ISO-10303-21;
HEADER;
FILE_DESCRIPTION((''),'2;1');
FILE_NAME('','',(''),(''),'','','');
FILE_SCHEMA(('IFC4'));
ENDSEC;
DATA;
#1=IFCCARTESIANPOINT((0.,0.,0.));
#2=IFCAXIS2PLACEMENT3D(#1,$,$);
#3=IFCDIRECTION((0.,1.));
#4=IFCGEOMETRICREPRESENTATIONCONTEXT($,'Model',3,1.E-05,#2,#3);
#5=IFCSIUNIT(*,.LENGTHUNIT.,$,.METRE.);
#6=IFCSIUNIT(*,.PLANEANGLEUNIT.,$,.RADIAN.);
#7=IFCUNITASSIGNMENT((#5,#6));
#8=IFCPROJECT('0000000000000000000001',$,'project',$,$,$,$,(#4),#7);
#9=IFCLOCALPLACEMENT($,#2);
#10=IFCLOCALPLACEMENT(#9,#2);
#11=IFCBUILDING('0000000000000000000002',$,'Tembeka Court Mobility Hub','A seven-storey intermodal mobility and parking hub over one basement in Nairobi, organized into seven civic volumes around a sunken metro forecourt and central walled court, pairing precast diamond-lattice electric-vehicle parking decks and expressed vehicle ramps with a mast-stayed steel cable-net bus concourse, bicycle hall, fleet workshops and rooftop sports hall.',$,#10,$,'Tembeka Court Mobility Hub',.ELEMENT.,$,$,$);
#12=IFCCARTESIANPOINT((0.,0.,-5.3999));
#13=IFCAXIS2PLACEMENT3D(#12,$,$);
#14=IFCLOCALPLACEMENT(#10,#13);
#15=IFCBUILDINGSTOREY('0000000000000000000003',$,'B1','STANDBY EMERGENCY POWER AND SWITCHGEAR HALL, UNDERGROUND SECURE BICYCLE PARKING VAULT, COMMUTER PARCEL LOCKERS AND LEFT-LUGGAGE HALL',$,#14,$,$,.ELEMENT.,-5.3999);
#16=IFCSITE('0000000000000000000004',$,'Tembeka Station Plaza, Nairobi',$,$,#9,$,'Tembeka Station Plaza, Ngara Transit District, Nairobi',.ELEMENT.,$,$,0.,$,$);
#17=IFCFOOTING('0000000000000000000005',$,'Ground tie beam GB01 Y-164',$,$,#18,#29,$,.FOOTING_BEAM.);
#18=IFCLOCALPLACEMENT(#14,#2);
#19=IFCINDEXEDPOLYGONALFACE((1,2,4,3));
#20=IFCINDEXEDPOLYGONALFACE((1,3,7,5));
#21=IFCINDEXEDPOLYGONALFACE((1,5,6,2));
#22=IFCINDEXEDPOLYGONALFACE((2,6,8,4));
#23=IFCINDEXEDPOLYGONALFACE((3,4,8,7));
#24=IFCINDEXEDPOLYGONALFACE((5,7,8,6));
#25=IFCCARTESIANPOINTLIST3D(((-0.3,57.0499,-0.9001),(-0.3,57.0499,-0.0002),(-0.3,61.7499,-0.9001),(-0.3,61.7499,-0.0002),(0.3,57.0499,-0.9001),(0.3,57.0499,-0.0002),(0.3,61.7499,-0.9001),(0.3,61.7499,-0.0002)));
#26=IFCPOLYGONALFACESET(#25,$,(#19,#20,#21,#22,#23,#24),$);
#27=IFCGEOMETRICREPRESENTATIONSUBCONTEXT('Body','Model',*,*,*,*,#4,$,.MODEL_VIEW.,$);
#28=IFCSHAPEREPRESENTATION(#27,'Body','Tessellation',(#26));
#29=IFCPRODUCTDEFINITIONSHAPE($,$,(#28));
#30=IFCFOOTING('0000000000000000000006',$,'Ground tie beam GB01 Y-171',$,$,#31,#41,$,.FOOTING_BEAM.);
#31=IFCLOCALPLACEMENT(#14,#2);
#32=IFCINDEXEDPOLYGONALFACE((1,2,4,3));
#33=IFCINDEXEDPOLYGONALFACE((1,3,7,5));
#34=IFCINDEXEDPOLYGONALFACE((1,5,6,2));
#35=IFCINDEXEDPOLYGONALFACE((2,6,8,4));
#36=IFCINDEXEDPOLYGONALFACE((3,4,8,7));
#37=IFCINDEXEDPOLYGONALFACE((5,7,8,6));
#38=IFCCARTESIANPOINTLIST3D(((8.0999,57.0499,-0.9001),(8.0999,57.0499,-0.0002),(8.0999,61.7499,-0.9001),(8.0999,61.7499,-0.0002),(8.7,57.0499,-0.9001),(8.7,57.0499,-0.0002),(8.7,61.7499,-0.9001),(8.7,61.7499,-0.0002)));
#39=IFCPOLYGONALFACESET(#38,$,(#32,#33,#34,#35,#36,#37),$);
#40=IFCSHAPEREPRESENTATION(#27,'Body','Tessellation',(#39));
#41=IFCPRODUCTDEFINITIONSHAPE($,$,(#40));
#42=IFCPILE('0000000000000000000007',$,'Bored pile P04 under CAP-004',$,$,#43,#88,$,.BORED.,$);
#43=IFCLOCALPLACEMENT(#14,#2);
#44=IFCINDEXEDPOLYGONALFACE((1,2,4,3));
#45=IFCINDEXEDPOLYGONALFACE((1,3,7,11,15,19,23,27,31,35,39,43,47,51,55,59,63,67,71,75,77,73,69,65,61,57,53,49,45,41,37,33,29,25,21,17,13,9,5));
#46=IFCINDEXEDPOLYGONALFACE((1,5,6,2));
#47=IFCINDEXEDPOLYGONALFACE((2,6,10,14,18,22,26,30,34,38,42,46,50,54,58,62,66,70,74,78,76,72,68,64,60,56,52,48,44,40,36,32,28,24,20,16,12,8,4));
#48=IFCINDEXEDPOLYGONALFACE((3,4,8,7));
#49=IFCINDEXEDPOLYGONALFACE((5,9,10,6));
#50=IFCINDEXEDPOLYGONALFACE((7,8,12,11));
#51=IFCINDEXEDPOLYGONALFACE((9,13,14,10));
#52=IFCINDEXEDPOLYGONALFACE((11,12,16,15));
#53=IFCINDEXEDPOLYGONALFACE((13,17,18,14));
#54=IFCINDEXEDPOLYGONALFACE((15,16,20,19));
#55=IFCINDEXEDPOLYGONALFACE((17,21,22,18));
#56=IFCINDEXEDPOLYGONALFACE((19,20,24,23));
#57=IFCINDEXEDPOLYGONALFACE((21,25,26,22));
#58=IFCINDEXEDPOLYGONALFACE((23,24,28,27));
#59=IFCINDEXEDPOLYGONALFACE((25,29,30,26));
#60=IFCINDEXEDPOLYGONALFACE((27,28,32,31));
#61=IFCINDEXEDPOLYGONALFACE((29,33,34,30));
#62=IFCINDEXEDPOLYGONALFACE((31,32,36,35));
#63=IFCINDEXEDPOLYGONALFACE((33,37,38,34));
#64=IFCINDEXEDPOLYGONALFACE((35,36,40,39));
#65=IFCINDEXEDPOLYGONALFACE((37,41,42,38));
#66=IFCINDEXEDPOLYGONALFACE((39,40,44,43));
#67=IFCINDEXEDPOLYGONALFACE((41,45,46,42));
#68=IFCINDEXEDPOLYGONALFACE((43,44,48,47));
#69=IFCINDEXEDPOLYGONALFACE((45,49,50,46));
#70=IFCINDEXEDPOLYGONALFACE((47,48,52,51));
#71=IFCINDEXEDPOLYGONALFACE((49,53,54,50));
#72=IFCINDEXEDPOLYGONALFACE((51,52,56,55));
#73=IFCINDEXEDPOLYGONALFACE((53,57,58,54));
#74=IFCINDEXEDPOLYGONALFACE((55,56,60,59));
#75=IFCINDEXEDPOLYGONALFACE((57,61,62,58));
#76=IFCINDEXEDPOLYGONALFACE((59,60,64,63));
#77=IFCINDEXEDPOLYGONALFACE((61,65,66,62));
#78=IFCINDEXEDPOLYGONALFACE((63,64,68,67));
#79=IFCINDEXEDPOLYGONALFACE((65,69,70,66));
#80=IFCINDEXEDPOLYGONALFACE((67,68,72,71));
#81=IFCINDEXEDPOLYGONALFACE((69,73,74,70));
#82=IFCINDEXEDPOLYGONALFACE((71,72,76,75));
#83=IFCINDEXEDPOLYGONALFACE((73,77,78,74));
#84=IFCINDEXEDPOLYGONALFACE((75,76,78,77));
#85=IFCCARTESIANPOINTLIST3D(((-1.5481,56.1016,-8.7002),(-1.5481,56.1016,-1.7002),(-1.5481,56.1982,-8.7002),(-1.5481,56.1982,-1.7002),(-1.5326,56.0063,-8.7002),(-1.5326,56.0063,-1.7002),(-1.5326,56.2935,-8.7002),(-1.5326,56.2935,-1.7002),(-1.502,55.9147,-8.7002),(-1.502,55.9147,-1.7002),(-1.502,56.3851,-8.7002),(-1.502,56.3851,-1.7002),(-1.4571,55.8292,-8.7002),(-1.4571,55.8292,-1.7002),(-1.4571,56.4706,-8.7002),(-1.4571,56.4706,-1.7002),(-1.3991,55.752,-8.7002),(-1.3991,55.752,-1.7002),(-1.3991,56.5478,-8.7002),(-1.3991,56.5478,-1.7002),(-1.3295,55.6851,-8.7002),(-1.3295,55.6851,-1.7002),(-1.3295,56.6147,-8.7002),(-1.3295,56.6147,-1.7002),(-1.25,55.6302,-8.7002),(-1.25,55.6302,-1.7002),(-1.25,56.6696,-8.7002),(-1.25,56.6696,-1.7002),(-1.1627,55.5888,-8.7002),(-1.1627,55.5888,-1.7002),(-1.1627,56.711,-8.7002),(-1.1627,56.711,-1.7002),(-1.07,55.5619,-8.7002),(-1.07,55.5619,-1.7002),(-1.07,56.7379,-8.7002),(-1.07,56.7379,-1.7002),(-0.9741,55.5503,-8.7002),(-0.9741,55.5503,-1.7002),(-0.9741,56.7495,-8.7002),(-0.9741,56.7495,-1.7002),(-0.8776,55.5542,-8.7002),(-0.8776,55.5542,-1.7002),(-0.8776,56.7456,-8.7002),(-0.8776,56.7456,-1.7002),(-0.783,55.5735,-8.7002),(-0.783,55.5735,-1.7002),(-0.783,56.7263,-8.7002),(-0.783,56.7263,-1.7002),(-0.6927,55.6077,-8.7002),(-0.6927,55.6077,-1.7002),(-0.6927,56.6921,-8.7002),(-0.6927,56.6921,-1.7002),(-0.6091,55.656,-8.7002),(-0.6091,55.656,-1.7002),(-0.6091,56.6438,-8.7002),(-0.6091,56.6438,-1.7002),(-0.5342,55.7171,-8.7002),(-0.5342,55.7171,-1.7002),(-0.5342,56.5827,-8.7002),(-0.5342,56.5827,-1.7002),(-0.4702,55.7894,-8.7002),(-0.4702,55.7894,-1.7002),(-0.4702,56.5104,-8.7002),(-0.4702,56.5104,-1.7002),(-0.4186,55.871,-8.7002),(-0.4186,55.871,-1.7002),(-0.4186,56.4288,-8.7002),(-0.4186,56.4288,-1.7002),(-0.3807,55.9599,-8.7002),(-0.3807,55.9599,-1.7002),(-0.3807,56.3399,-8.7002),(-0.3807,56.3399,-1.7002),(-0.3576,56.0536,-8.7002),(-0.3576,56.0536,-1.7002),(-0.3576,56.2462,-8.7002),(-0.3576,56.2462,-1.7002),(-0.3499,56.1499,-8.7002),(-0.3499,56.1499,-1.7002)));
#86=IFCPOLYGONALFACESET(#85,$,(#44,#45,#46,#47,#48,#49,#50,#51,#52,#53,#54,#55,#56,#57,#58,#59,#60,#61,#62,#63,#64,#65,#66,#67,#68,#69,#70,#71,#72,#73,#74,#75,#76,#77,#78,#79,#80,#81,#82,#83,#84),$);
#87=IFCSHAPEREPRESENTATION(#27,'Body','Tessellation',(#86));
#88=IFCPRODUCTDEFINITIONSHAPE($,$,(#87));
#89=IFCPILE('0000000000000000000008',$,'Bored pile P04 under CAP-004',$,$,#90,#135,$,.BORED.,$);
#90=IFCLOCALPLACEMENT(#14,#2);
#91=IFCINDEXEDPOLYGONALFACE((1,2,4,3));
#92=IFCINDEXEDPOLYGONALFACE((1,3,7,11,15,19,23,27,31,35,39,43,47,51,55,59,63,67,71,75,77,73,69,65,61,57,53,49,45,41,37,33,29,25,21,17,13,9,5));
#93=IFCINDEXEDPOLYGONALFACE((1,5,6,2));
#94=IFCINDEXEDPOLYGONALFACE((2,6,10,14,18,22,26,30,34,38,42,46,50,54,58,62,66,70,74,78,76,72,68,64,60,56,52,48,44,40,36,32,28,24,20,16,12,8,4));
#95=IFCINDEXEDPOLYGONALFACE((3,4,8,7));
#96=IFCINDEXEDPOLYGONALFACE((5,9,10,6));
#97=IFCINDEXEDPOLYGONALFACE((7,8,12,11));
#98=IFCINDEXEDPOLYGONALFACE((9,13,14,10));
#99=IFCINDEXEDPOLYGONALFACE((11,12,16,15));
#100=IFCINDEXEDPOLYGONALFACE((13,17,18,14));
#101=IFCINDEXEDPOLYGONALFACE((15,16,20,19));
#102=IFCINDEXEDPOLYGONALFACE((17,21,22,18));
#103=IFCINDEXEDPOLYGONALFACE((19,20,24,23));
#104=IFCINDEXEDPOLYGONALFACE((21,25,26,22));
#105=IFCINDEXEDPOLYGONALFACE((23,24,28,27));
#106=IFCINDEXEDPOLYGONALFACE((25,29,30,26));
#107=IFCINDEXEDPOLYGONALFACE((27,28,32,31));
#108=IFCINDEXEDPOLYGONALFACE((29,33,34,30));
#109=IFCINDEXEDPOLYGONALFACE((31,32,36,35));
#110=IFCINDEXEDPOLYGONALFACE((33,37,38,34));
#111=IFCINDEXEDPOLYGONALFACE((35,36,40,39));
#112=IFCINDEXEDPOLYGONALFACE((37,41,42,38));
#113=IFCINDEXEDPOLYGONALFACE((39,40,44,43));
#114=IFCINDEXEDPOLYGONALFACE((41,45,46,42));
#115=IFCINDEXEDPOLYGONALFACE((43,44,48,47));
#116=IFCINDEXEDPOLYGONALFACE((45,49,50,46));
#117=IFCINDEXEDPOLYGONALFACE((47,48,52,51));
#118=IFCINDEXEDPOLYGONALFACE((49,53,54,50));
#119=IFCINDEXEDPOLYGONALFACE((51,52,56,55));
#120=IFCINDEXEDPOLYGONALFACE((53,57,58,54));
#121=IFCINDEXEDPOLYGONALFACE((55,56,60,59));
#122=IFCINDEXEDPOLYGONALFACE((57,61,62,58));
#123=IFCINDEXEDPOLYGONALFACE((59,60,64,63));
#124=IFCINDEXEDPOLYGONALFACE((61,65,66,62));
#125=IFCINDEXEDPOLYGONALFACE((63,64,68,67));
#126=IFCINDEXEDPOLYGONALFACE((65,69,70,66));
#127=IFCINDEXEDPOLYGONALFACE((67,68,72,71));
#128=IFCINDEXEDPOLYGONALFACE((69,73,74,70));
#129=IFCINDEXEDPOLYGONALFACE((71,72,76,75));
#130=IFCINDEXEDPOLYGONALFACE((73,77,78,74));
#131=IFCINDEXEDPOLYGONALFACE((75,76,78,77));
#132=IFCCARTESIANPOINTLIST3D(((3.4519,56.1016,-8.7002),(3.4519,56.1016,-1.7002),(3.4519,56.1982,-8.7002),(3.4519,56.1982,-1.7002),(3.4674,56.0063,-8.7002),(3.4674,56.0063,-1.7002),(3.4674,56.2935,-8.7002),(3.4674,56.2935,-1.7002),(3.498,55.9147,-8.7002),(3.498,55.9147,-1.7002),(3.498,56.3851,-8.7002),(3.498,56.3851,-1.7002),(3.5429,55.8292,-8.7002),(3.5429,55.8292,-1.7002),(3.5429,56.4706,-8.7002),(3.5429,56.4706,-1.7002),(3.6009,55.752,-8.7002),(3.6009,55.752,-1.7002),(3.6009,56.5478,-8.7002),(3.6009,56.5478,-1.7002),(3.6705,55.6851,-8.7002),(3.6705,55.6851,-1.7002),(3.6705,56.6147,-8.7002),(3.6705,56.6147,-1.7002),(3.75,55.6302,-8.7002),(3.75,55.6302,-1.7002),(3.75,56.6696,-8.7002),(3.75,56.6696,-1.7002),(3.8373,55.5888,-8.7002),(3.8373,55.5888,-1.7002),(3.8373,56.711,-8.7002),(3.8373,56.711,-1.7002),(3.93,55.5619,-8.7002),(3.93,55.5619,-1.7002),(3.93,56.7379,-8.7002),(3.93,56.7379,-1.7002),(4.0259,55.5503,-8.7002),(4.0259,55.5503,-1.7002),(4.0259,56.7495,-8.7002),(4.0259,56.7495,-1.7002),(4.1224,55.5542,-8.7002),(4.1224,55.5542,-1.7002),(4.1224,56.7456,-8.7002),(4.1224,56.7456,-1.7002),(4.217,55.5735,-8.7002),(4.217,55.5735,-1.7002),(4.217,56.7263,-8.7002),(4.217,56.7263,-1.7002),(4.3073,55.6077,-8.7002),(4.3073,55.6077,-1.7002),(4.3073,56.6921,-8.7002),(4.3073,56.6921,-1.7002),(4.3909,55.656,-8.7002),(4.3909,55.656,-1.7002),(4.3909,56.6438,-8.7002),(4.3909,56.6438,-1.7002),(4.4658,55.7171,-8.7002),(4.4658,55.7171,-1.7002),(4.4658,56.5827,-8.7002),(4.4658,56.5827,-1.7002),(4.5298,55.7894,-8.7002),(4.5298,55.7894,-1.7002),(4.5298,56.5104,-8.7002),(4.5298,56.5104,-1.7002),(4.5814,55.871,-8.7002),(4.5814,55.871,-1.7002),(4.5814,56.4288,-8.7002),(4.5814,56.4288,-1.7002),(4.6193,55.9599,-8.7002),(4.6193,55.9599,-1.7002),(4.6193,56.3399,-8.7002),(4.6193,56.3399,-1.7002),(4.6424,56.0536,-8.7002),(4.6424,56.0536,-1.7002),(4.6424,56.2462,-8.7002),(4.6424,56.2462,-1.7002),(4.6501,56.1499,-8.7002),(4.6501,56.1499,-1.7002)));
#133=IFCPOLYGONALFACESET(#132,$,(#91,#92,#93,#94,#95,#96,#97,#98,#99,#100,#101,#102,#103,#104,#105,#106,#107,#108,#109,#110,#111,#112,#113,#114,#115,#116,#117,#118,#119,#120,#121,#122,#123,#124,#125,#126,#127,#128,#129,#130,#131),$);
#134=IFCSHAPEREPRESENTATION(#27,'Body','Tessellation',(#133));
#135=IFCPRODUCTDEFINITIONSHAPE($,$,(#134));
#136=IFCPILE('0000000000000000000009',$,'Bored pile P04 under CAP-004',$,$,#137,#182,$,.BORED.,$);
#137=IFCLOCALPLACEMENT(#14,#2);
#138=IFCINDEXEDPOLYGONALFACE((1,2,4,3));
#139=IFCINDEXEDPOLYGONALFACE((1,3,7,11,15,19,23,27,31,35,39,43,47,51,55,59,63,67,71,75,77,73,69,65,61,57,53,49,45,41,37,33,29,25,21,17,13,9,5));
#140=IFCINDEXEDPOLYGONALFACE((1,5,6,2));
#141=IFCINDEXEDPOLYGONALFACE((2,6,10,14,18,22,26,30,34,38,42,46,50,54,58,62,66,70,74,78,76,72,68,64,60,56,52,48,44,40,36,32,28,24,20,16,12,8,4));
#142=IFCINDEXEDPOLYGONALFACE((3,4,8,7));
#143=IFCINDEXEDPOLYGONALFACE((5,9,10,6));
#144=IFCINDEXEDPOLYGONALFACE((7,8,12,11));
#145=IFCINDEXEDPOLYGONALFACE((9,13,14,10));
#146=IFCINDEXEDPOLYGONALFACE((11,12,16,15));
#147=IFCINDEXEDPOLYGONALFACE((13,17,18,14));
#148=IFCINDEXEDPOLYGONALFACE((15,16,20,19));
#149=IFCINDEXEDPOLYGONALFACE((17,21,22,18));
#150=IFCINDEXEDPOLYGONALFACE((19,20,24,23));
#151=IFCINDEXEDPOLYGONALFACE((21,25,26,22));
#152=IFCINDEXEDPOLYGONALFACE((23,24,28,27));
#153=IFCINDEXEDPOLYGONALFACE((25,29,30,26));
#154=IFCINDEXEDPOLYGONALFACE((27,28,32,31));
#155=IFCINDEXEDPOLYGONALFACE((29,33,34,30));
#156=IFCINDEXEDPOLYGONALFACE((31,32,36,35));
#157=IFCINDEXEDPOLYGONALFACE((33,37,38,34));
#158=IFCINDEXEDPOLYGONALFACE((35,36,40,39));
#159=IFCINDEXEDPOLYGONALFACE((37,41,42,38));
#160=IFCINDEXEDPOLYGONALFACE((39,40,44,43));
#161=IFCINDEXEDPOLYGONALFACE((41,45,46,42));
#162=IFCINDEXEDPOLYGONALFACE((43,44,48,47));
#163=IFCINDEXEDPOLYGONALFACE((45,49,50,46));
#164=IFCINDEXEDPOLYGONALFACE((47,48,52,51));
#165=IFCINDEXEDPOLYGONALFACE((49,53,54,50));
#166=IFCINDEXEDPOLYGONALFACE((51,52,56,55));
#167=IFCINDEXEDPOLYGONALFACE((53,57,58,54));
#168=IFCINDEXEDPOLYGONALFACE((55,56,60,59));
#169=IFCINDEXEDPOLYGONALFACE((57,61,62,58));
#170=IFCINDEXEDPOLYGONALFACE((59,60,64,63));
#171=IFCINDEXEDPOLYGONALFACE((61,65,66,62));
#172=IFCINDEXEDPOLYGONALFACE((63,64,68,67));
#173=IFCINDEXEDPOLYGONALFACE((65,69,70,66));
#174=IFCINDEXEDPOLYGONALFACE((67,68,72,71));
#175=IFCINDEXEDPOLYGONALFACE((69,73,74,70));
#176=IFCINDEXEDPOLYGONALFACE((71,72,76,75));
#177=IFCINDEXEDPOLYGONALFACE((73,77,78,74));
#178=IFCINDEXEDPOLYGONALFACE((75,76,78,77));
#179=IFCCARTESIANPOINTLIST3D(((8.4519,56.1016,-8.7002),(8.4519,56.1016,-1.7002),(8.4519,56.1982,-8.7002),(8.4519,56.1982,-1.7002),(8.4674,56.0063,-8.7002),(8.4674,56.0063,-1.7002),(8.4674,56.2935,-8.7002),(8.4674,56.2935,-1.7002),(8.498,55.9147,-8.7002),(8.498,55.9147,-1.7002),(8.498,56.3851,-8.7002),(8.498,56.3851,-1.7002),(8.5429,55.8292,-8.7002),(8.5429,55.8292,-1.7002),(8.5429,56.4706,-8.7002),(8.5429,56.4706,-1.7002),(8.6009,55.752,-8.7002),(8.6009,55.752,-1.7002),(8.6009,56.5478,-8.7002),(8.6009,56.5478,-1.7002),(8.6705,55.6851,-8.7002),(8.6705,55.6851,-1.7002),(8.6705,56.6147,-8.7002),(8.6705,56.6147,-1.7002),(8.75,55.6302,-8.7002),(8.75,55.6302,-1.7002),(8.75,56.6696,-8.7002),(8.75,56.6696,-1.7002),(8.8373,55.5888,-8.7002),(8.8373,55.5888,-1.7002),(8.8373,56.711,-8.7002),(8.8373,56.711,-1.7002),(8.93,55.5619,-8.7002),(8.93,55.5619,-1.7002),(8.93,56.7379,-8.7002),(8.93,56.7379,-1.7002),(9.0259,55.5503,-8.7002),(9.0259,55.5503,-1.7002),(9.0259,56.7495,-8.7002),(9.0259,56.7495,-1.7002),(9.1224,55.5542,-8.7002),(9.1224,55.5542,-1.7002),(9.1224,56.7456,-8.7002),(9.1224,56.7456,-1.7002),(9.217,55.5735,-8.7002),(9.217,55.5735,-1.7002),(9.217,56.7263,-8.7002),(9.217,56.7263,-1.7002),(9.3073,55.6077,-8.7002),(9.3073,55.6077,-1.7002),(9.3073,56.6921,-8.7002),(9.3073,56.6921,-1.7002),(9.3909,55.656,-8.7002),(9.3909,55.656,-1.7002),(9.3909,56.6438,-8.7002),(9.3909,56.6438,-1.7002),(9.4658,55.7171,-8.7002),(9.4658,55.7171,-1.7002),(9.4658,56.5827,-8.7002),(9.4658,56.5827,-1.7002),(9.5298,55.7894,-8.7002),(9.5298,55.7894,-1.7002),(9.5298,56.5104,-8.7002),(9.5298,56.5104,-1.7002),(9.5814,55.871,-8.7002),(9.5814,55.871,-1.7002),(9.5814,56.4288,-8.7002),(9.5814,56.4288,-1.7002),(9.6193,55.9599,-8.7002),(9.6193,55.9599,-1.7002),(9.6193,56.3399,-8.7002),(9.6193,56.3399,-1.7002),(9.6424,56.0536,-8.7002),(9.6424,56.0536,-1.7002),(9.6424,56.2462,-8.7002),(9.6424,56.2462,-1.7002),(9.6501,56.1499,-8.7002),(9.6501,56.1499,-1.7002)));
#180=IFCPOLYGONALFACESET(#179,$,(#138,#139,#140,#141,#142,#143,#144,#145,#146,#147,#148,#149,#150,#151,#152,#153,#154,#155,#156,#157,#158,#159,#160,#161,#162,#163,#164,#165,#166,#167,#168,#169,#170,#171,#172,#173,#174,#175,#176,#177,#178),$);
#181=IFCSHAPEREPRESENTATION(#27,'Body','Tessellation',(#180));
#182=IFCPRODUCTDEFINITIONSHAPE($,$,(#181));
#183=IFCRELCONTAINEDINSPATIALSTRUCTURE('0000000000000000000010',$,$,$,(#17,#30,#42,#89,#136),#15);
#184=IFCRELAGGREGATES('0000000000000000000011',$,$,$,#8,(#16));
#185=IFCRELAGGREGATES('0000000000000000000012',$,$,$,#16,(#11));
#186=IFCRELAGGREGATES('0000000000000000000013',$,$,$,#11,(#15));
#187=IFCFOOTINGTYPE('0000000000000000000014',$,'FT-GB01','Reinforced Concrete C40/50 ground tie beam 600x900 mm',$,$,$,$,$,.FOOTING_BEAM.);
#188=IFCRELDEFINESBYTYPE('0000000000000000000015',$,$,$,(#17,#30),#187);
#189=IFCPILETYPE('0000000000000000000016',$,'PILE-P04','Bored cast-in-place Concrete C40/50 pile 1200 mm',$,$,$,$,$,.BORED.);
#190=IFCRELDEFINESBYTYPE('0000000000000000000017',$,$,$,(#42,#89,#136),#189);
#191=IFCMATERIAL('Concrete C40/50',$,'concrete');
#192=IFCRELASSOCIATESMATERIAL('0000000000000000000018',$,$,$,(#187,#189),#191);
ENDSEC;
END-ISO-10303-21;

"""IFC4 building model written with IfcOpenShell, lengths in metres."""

from ifc_helpers import new_model, si_unit, direction, frame, origin, origin_2d, place, context, subcontext, project, spatial, rectangle, circle, extrude, material, material_profile, profile_set, type_object, element, save


model = new_model("IFC4")

# Units and contexts
model_context = context("Model", 3, precision=1e-05, world=origin(), true_north=direction((0.0, 1.0)))
body_context = subcontext(model_context, "Body", "Model", "MODEL_VIEW")
ifc_project = project(units=[si_unit("LENGTHUNIT", "METRE"), si_unit("PLANEANGLEUNIT", "RADIAN")], contexts=[model_context])

# Site, building, storey
site_placement = place(None, origin())
site = spatial("IfcSite", under=ifc_project, at=site_placement, Name="Tembeka Station Plaza, Nairobi", LongName="Tembeka Station Plaza, Ngara Transit District, Nairobi", CompositionType="ELEMENT", RefElevation=0.0)
building_placement = place(site_placement, origin())
building = spatial("IfcBuilding", under=site, at=building_placement, Name="Tembeka Court Mobility Hub", Description="A seven-storey intermodal mobility and parking hub over one basement in Nairobi, organized into seven civic volumes around a sunken metro forecourt and central walled court, pairing precast diamond-lattice electric-vehicle parking decks and expressed vehicle ramps with a mast-stayed steel cable-net bus concourse, bicycle hall, fleet workshops and rooftop sports hall.", LongName="Tembeka Court Mobility Hub", CompositionType="ELEMENT")
storey_placement = place(building_placement, frame((0.0, 0.0, -5.3999)))
storey = spatial("IfcBuildingStorey", under=building, at=storey_placement, Name="B1", Description="STANDBY EMERGENCY POWER AND SWITCHGEAR HALL, UNDERGROUND SECURE BICYCLE PARKING VAULT, COMMUTER PARCEL LOCKERS AND LEFT-LUGGAGE HALL", CompositionType="ELEMENT", Elevation=-5.3999)

# Footings
ifc_material_1 = material(Name="Concrete C40/50", Category="concrete")
footing_type = type_object("IfcFootingType", Name="FT-GB01", Description="Reinforced Concrete C40/50 ground tie beam 600x900 mm", PredefinedType="FOOTING_BEAM", material=ifc_material_1)
for number, where, z_axis, x_axis, name in (
    (1, (0.0, 59.3999, -0.9001), (0.0, 0.0, 1.0), (0.0, 1.0, 0.0), "Ground tie beam GB01 Y-164"),
    (2, (8.3999, 59.3999, -0.9001), (0.0, 0.0, 1.0), (0.0, 1.0, 0.0), "Ground tie beam GB01 Y-171"),
):
    element("IfcFooting", number, at=place(storey_placement, frame(where, z_axis=z_axis, x_axis=x_axis)), inside=storey, type_object=footing_type, Name=name, PredefinedType="FOOTING_BEAM", context=body_context, shape_type="SweptSolid", body=[
        extrude(rectangle(XDim=4.7, YDim=0.6001, at=origin_2d()), origin(), (0.0, 0.0, 1.0), 0.8999),
    ])

# Piles
ifc_material_profile_1 = material_profile(ifc_material_1, circle(Radius=0.6001, at=origin_2d()), Name="PILE D1200")
ifc_profile_set_1 = profile_set([ifc_material_profile_1], Name="Concrete C40/50")
pile_type = type_object("IfcPileType", Name="PILE-P04", Description="Bored cast-in-place Concrete C40/50 pile 1200 mm", PredefinedType="BORED", material=ifc_profile_set_1)
for number, where, z_axis, x_axis, name in (
    (3, (-0.95, 56.1499, -1.7002), (0.0, 0.0, -1.0), (1.0, 0.0, 0.0), "Bored pile P04 under CAP-004"),
    (4, (4.05, 56.1499, -1.7002), (0.0, 0.0, -1.0), (1.0, 0.0, 0.0), "Bored pile P04 under CAP-004"),
    (5, (9.05, 56.1499, -1.7002), (0.0, 0.0, -1.0), (1.0, 0.0, 0.0), "Bored pile P04 under CAP-004"),
):
    element("IfcPile", number, at=place(storey_placement, frame(where, z_axis=z_axis, x_axis=x_axis)), inside=storey, type_object=pile_type, Name=name, PredefinedType="BORED", context=body_context, shape_type="SweptSolid", body=[
        extrude(circle(Radius=0.6001, at=origin_2d()), origin(), (0.0, 0.0, 1.0), 7.0),
    ])

save(model, "model.ifc")
